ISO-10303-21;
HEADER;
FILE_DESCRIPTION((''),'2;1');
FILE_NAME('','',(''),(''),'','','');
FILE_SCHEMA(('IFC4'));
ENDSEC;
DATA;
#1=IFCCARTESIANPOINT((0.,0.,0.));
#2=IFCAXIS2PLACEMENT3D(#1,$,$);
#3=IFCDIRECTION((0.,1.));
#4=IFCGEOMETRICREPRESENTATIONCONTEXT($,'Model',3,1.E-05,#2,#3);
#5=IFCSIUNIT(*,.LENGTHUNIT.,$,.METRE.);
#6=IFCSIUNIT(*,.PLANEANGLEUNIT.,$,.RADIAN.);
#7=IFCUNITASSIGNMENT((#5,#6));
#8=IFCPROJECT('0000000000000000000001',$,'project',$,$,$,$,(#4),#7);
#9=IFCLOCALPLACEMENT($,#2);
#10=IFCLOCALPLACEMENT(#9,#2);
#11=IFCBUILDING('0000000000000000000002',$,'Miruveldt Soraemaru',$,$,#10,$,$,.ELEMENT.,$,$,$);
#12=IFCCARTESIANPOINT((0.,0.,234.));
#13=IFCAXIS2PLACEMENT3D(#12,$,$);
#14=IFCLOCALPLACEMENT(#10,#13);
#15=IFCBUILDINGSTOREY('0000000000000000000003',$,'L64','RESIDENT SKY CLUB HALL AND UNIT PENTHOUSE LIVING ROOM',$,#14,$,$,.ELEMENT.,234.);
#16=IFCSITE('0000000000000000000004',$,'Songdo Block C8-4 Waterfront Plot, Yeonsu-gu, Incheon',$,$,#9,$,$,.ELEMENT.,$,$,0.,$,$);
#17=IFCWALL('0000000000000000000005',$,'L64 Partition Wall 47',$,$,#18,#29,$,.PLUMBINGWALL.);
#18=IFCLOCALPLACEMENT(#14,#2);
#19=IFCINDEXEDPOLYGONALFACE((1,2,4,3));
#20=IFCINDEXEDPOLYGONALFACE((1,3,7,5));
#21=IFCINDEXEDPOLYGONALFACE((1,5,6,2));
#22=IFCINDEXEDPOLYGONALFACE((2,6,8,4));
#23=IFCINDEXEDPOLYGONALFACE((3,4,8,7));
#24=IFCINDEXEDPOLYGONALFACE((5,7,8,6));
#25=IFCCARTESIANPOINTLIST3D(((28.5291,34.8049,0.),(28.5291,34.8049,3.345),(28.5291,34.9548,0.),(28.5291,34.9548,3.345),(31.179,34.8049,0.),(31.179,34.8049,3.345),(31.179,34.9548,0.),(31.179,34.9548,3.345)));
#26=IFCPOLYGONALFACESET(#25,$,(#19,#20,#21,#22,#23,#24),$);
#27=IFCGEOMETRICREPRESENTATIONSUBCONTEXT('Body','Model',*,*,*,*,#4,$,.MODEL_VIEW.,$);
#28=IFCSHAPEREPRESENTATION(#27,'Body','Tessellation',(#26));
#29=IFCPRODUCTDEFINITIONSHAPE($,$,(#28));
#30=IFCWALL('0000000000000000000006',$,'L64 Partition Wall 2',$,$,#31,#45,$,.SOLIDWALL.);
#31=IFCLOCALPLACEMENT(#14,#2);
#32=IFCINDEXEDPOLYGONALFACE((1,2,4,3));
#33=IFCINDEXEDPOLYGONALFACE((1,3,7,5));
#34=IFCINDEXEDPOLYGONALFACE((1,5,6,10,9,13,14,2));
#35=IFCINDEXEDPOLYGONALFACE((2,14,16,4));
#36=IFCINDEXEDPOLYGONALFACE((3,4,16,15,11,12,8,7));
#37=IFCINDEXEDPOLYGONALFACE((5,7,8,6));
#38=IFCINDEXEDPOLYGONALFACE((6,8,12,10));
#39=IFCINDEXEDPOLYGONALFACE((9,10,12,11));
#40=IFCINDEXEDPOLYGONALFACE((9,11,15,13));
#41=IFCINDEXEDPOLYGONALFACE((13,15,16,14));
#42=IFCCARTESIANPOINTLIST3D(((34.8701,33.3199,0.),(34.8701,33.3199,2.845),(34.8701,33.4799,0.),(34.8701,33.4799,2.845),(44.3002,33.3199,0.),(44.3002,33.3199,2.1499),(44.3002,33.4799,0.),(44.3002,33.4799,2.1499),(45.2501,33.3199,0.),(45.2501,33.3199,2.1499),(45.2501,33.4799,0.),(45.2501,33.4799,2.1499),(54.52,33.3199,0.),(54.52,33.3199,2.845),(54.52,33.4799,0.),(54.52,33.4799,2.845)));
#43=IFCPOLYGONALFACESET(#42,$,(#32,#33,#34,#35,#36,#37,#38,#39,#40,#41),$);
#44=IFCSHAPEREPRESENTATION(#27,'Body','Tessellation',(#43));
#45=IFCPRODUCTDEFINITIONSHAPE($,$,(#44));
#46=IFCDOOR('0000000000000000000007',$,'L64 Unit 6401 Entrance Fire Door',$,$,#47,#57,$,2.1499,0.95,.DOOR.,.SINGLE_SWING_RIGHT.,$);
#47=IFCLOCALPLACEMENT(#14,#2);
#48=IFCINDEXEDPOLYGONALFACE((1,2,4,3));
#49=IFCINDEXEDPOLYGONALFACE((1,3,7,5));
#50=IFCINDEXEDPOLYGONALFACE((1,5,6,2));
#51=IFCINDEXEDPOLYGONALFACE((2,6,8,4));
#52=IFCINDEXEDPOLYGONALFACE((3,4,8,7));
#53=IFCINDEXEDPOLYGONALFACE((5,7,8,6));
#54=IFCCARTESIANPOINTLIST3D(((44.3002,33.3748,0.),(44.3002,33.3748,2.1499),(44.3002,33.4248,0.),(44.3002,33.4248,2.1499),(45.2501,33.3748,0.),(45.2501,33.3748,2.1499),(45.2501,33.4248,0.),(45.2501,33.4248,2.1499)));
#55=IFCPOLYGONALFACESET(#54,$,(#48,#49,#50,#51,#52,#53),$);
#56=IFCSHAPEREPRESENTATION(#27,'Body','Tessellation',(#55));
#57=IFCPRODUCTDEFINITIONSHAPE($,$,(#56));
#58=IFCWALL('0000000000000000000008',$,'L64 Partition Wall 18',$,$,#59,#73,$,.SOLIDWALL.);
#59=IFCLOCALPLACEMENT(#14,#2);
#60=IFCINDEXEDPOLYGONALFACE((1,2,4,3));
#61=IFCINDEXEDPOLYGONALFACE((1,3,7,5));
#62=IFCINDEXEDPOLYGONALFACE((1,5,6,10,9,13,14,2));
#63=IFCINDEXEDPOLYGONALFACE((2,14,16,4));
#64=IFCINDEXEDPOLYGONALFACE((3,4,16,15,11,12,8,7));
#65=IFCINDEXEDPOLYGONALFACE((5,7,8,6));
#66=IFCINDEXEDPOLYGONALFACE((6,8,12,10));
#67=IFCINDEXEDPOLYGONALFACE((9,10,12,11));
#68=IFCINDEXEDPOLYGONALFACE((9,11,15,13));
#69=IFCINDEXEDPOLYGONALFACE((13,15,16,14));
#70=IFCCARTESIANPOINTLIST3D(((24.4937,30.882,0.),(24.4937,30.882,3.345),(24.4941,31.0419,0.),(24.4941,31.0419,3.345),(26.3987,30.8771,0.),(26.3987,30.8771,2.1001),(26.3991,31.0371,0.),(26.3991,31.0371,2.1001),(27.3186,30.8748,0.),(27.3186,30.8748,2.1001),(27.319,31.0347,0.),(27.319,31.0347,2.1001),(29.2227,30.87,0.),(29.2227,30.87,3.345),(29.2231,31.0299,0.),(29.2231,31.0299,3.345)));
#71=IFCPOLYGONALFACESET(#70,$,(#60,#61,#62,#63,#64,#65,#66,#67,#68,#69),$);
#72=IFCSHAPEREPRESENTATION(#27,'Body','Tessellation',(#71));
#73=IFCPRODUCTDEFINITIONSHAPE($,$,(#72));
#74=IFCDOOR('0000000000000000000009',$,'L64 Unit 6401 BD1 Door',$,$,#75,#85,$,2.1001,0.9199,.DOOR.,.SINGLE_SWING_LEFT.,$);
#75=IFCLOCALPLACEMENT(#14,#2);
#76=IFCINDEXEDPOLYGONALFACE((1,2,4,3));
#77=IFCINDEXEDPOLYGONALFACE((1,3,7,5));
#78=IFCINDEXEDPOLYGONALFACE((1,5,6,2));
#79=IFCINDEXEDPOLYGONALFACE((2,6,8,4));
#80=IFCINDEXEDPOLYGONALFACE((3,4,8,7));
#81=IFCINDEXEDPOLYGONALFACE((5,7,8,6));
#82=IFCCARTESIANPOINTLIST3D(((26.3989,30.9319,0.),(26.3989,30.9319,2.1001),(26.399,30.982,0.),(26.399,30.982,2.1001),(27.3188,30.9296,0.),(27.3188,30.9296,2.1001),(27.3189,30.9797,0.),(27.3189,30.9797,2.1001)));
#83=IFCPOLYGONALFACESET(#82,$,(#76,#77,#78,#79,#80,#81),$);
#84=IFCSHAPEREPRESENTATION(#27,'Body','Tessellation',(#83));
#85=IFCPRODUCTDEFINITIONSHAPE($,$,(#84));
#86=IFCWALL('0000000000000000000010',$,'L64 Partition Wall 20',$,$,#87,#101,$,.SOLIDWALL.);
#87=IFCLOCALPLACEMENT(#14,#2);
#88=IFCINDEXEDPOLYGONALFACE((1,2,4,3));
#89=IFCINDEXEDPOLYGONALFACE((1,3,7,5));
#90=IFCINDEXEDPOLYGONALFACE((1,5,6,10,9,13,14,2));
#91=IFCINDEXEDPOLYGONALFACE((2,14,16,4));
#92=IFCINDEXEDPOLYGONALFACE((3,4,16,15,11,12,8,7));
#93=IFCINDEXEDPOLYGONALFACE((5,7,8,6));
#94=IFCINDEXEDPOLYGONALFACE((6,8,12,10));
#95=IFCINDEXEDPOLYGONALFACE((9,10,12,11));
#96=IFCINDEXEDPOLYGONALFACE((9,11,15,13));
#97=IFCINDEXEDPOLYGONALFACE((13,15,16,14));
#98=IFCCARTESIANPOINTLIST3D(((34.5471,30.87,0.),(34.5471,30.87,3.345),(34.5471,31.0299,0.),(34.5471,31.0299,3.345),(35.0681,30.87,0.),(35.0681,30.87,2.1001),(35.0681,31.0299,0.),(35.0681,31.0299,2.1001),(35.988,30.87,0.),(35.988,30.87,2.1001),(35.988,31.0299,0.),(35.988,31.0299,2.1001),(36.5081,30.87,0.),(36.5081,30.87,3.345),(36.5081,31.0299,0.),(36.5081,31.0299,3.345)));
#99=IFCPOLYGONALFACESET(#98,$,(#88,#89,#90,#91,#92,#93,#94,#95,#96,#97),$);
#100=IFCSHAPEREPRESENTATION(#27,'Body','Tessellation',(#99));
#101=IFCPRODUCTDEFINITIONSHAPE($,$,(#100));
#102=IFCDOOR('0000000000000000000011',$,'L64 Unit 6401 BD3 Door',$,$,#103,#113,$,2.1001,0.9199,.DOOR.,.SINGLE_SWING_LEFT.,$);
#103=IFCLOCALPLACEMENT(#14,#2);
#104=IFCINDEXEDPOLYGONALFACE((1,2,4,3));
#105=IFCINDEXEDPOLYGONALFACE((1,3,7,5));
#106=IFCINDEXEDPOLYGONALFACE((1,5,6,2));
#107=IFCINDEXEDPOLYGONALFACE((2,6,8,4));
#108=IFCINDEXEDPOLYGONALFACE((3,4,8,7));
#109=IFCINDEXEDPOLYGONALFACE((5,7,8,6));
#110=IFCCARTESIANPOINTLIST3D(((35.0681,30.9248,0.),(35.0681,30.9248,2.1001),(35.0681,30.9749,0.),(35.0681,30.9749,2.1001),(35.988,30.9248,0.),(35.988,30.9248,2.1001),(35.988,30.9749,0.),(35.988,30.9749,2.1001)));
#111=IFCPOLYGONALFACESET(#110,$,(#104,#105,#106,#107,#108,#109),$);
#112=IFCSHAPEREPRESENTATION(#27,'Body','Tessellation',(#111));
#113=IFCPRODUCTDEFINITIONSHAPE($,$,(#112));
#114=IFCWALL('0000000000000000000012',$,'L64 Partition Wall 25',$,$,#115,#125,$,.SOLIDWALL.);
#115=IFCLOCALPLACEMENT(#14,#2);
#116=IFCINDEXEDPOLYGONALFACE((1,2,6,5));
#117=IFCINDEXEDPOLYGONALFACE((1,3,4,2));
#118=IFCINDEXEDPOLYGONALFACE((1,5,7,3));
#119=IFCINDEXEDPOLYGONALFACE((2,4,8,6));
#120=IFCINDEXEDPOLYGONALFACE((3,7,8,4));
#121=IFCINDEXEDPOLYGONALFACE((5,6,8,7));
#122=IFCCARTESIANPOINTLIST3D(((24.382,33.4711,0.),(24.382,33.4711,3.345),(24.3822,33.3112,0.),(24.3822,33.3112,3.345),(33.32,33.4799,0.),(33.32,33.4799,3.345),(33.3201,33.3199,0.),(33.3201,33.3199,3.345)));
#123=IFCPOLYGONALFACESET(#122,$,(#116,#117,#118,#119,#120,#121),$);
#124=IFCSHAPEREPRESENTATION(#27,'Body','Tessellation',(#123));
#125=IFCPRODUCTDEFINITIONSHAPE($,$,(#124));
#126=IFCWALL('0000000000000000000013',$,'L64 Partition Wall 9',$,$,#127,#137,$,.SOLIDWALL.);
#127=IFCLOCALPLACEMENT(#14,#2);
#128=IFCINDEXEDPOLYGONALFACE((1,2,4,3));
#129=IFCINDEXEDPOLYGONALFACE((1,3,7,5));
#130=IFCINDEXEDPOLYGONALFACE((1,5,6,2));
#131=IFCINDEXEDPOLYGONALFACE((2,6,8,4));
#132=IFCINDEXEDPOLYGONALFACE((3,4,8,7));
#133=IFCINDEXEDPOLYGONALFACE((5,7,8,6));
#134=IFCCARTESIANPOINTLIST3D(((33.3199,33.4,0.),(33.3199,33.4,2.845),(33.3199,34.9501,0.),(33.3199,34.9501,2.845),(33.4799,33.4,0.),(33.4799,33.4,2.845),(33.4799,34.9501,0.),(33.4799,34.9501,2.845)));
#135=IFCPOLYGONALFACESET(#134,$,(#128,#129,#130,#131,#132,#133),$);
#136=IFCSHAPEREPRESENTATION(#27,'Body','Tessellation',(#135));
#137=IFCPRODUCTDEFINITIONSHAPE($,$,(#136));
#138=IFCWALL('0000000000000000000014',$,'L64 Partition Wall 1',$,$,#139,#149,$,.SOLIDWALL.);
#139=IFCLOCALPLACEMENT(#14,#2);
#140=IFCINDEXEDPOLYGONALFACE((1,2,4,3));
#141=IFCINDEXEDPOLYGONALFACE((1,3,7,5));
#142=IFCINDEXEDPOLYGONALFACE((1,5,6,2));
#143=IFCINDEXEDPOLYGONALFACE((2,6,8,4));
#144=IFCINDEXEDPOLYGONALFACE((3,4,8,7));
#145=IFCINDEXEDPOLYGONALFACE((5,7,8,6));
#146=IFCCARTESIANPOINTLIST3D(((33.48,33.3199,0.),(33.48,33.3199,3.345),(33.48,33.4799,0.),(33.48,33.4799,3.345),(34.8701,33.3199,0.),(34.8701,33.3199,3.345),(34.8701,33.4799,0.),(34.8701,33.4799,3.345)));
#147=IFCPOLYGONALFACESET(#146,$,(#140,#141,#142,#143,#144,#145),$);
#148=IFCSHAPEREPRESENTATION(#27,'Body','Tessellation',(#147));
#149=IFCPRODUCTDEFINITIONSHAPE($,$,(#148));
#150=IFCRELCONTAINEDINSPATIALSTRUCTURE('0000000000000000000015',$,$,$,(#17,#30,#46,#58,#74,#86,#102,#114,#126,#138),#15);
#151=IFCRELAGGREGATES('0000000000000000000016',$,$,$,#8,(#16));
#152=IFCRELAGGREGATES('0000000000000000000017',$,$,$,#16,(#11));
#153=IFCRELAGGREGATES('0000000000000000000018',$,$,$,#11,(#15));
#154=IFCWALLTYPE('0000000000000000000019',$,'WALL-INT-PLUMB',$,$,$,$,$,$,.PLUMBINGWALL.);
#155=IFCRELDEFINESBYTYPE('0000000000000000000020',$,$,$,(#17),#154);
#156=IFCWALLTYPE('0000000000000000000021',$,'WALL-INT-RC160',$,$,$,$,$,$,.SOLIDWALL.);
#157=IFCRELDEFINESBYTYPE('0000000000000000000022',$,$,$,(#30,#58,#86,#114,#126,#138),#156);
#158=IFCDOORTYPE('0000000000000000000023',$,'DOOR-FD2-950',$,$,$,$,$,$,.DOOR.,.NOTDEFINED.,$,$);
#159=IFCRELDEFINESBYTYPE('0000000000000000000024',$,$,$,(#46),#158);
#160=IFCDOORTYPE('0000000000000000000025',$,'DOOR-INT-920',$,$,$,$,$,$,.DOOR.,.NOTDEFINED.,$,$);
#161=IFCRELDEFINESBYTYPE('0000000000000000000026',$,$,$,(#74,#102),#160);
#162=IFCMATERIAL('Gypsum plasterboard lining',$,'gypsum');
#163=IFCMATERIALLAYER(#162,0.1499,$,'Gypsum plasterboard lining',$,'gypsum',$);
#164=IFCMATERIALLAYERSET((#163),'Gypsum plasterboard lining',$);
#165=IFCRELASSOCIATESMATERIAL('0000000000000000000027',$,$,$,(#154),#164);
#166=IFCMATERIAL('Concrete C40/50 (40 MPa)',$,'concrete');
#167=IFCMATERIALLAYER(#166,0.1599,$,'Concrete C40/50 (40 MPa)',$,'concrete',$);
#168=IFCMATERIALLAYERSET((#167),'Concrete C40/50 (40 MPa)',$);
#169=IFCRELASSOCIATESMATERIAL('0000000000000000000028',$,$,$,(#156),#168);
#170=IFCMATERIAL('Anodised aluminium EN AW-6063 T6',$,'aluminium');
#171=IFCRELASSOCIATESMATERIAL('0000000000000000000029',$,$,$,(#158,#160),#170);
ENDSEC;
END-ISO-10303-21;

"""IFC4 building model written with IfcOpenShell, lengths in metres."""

from ifc_helpers import new_model, si_unit, direction, frame, frame_2d, origin, place, context, subcontext, project, spatial, rectangle, extrude, material, layer, layer_set, type_object, element, fill, save


model = new_model("IFC4")

# Units and contexts
model_context = context("Model", 3, precision=1e-05, world=origin(), true_north=direction((0.0, 1.0)))
body_context = subcontext(model_context, "Body", "Model", "MODEL_VIEW")
ifc_project = project(units=[si_unit("LENGTHUNIT", "METRE"), si_unit("PLANEANGLEUNIT", "RADIAN")], contexts=[model_context])

# Site, building, storey
site_placement = place(None, origin())
site = spatial("IfcSite", under=ifc_project, at=site_placement, Name="Songdo Block C8-4 Waterfront Plot, Yeonsu-gu, Incheon", CompositionType="ELEMENT", RefElevation=0.0)
building_placement = place(site_placement, origin())
building = spatial("IfcBuilding", under=site, at=building_placement, Name="Miruveldt Soraemaru", CompositionType="ELEMENT")
storey_placement = place(building_placement, frame((0.0, 0.0, 234.0)))
storey = spatial("IfcBuildingStorey", under=building, at=storey_placement, Name="L64", Description="RESIDENT SKY CLUB HALL AND UNIT PENTHOUSE LIVING ROOM", CompositionType="ELEMENT", Elevation=234.0)

# Shared definitions
ifc_material_1 = material(Name="Gypsum plasterboard lining", Category="gypsum")
ifc_layer_1 = layer(ifc_material_1, 0.1499, Name="Gypsum plasterboard lining", Category="gypsum")
ifc_layer_set_1 = layer_set([ifc_layer_1], Name="Gypsum plasterboard lining")
wall_type_1 = type_object("IfcWallType", Name="WALL-INT-PLUMB", PredefinedType="PLUMBINGWALL", material=ifc_layer_set_1)
ifc_material_2 = material(Name="Anodised aluminium EN AW-6063 T6", Category="aluminium")

# Wall
for number, where, z_axis, x_axis, name in (
    (1, (28.5291, 34.8799, 0.0), (0.0, 0.0, 1.0), (1.0, 0.0, 0.0), "L64 Partition Wall 47"),
):
    element("IfcWall", number, at=place(storey_placement, frame(where, z_axis=z_axis, x_axis=x_axis)), inside=storey, type_object=wall_type_1, Name=name, PredefinedType="PLUMBINGWALL", context=body_context, shape_type="SweptSolid", body=[
        extrude(rectangle(XDim=2.6499, YDim=0.1499, at=frame_2d((1.325, 0.0))), origin(), (0.0, 0.0, 1.0), 3.345),
    ])

# Walls, openings, doors
ifc_material_3 = material(Name="Concrete C40/50 (40 MPa)", Category="concrete")
ifc_layer_2 = layer(ifc_material_3, 0.1599, Name="Concrete C40/50 (40 MPa)", Category="concrete")
ifc_layer_set_2 = layer_set([ifc_layer_2], Name="Concrete C40/50 (40 MPa)")
wall_type_2 = type_object("IfcWallType", Name="WALL-INT-RC160", PredefinedType="SOLIDWALL", material=ifc_layer_set_2)
wall_1_placement = place(storey_placement, frame((34.8701, 33.3999, 0.0), z_axis=(0.0, 0.0, 1.0), x_axis=(1.0, 0.0, 0.0)))
wall_1 = element("IfcWall", 2, at=wall_1_placement, inside=storey, type_object=wall_type_2, Name="L64 Partition Wall 2", PredefinedType="SOLIDWALL", context=body_context, shape_type="SweptSolid", body=[
    extrude(rectangle(XDim=19.6499, YDim=0.1599, at=frame_2d((9.825, 0.0))), origin(), (0.0, 0.0, 1.0), 2.845),
])
opening_1_placement = place(wall_1_placement, frame((9.4299, 0.0, 0.0)))
opening_1 = element("IfcOpeningElement", 3, at=opening_1_placement, cuts=wall_1, PredefinedType="OPENING", context=body_context, shape_type="SweptSolid", body=[
    extrude(rectangle(XDim=0.95, YDim=2.1499, at=frame_2d((0.4751, 1.075))), frame((0.0, 0.0898, 0.0), z_axis=(0.0, -1.0, 0.0), x_axis=(1.0, 0.0, 0.0)), (0.0, 0.0, 1.0), 0.1799),
])
door_type_1 = type_object("IfcDoorType", Name="DOOR-FD2-950", OperationType="NOTDEFINED", PredefinedType="DOOR", material=ifc_material_2)
door_1_placement = place(opening_1_placement, origin())
door_1 = element("IfcDoor", 4, at=door_1_placement, inside=storey, type_object=door_type_1, Name="L64 Unit 6401 Entrance Fire Door", OperationType="SINGLE_SWING_RIGHT", OverallHeight=2.1499, OverallWidth=0.95, PredefinedType="DOOR", context=body_context, shape_type="SweptSolid", body=[
    extrude(rectangle(XDim=0.95, YDim=2.1499, at=frame_2d((0.4751, 1.075))), frame((0.0, 0.0249, 0.0), z_axis=(0.0, -1.0, 0.0), x_axis=(1.0, 0.0, 0.0)), (0.0, 0.0, 1.0), 0.05),
])
fill(opening_1, door_1)
wall_2_placement = place(storey_placement, frame((24.4939, 30.9619, 0.0), z_axis=(0.0, 0.0, 1.0), x_axis=(0.999997, -0.00253, 0.0)))
wall_2 = element("IfcWall", 5, at=wall_2_placement, inside=storey, type_object=wall_type_2, Name="L64 Partition Wall 18", PredefinedType="SOLIDWALL", context=body_context, shape_type="SweptSolid", body=[
    extrude(rectangle(XDim=4.729, YDim=0.1599, at=frame_2d((2.3645, 0.0))), origin(), (0.0, 0.0, 1.0), 3.345),
])
opening_2_placement = place(wall_2_placement, frame((1.905, 0.0, 0.0)))
opening_2 = element("IfcOpeningElement", 6, at=opening_2_placement, cuts=wall_2, PredefinedType="OPENING", context=body_context, shape_type="SweptSolid", body=[
    extrude(rectangle(XDim=0.9199, YDim=2.1001, at=frame_2d((0.46, 1.05))), frame((0.0, 0.0898, 0.0), z_axis=(0.0, -1.0, 0.0), x_axis=(1.0, 0.0, 0.0)), (0.0, 0.0, 1.0), 0.1799),
])
door_type_2 = type_object("IfcDoorType", Name="DOOR-INT-920", OperationType="NOTDEFINED", PredefinedType="DOOR", material=ifc_material_2)
door_2_placement = place(opening_2_placement, origin())
door_2 = element("IfcDoor", 7, at=door_2_placement, inside=storey, type_object=door_type_2, Name="L64 Unit 6401 BD1 Door", OperationType="SINGLE_SWING_LEFT", OverallHeight=2.1001, OverallWidth=0.9199, PredefinedType="DOOR", context=body_context, shape_type="SweptSolid", body=[
    extrude(rectangle(XDim=0.9199, YDim=2.1001, at=frame_2d((0.46, 1.05))), frame((0.0, 0.0249, 0.0), z_axis=(0.0, -1.0, 0.0), x_axis=(1.0, 0.0, 0.0)), (0.0, 0.0, 1.0), 0.05),
])
fill(opening_2, door_2)
wall_3_placement = place(storey_placement, frame((34.5471, 30.95, 0.0), z_axis=(0.0, 0.0, 1.0), x_axis=(1.0, 0.0, 0.0)))
wall_3 = element("IfcWall", 8, at=wall_3_placement, inside=storey, type_object=wall_type_2, Name="L64 Partition Wall 20", PredefinedType="SOLIDWALL", context=body_context, shape_type="SweptSolid", body=[
    extrude(rectangle(XDim=1.9609, YDim=0.1599, at=frame_2d((0.9805, 0.0))), origin(), (0.0, 0.0, 1.0), 3.345),
])
opening_3_placement = place(wall_3_placement, frame((0.521, 0.0, 0.0)))
opening_3 = element("IfcOpeningElement", 9, at=opening_3_placement, cuts=wall_3, PredefinedType="OPENING", context=body_context, shape_type="SweptSolid", body=[
    extrude(rectangle(XDim=0.9199, YDim=2.1001, at=frame_2d((0.46, 1.05))), frame((0.0, 0.0898, 0.0), z_axis=(0.0, -1.0, 0.0), x_axis=(1.0, 0.0, 0.0)), (0.0, 0.0, 1.0), 0.1799),
])
door_3_placement = place(opening_3_placement, origin())
door_3 = element("IfcDoor", 10, at=door_3_placement, inside=storey, type_object=door_type_2, Name="L64 Unit 6401 BD3 Door", OperationType="SINGLE_SWING_LEFT", OverallHeight=2.1001, OverallWidth=0.9199, PredefinedType="DOOR", context=body_context, shape_type="SweptSolid", body=[
    extrude(rectangle(XDim=0.9199, YDim=2.1001, at=frame_2d((0.46, 1.05))), frame((0.0, 0.0249, 0.0), z_axis=(0.0, -1.0, 0.0), x_axis=(1.0, 0.0, 0.0)), (0.0, 0.0, 1.0), 0.05),
])
fill(opening_3, door_3)

# Walls
wall_4_placement = place(storey_placement, frame((33.3201, 33.3999, 0.0), z_axis=(0.0, 0.0, 1.0), x_axis=(-1.0, -0.000983, 0.0)))
element("IfcWall", 11, at=wall_4_placement, inside=storey, type_object=wall_type_2, Name="L64 Partition Wall 25", PredefinedType="SOLIDWALL", context=body_context, shape_type="SweptSolid", body=[
    extrude(rectangle(XDim=8.938, YDim=0.1599, at=frame_2d((4.469, 0.0))), origin(), (0.0, 0.0, 1.0), 3.345),
])
wall_5_placement = place(storey_placement, frame((33.3999, 34.95, 0.0), z_axis=(0.0, 0.0, 1.0), x_axis=(0.0, -1.0, 0.0)))
element("IfcWall", 12, at=wall_5_placement, inside=storey, type_object=wall_type_2, Name="L64 Partition Wall 9", PredefinedType="SOLIDWALL", context=body_context, shape_type="SweptSolid", body=[
    extrude(rectangle(XDim=1.55, YDim=0.1599, at=frame_2d((0.7749, 0.0))), origin(), (0.0, 0.0, 1.0), 2.845),
])
wall_6_placement = place(storey_placement, frame((33.48, 33.3999, 0.0), z_axis=(0.0, 0.0, 1.0), x_axis=(1.0, 0.0, 0.0)))
element("IfcWall", 13, at=wall_6_placement, inside=storey, type_object=wall_type_2, Name="L64 Partition Wall 1", PredefinedType="SOLIDWALL", context=body_context, shape_type="SweptSolid", body=[
    extrude(rectangle(XDim=1.3901, YDim=0.1599, at=frame_2d((0.6951, 0.0))), origin(), (0.0, 0.0, 1.0), 3.345),
])

save(model, "model.ifc")
